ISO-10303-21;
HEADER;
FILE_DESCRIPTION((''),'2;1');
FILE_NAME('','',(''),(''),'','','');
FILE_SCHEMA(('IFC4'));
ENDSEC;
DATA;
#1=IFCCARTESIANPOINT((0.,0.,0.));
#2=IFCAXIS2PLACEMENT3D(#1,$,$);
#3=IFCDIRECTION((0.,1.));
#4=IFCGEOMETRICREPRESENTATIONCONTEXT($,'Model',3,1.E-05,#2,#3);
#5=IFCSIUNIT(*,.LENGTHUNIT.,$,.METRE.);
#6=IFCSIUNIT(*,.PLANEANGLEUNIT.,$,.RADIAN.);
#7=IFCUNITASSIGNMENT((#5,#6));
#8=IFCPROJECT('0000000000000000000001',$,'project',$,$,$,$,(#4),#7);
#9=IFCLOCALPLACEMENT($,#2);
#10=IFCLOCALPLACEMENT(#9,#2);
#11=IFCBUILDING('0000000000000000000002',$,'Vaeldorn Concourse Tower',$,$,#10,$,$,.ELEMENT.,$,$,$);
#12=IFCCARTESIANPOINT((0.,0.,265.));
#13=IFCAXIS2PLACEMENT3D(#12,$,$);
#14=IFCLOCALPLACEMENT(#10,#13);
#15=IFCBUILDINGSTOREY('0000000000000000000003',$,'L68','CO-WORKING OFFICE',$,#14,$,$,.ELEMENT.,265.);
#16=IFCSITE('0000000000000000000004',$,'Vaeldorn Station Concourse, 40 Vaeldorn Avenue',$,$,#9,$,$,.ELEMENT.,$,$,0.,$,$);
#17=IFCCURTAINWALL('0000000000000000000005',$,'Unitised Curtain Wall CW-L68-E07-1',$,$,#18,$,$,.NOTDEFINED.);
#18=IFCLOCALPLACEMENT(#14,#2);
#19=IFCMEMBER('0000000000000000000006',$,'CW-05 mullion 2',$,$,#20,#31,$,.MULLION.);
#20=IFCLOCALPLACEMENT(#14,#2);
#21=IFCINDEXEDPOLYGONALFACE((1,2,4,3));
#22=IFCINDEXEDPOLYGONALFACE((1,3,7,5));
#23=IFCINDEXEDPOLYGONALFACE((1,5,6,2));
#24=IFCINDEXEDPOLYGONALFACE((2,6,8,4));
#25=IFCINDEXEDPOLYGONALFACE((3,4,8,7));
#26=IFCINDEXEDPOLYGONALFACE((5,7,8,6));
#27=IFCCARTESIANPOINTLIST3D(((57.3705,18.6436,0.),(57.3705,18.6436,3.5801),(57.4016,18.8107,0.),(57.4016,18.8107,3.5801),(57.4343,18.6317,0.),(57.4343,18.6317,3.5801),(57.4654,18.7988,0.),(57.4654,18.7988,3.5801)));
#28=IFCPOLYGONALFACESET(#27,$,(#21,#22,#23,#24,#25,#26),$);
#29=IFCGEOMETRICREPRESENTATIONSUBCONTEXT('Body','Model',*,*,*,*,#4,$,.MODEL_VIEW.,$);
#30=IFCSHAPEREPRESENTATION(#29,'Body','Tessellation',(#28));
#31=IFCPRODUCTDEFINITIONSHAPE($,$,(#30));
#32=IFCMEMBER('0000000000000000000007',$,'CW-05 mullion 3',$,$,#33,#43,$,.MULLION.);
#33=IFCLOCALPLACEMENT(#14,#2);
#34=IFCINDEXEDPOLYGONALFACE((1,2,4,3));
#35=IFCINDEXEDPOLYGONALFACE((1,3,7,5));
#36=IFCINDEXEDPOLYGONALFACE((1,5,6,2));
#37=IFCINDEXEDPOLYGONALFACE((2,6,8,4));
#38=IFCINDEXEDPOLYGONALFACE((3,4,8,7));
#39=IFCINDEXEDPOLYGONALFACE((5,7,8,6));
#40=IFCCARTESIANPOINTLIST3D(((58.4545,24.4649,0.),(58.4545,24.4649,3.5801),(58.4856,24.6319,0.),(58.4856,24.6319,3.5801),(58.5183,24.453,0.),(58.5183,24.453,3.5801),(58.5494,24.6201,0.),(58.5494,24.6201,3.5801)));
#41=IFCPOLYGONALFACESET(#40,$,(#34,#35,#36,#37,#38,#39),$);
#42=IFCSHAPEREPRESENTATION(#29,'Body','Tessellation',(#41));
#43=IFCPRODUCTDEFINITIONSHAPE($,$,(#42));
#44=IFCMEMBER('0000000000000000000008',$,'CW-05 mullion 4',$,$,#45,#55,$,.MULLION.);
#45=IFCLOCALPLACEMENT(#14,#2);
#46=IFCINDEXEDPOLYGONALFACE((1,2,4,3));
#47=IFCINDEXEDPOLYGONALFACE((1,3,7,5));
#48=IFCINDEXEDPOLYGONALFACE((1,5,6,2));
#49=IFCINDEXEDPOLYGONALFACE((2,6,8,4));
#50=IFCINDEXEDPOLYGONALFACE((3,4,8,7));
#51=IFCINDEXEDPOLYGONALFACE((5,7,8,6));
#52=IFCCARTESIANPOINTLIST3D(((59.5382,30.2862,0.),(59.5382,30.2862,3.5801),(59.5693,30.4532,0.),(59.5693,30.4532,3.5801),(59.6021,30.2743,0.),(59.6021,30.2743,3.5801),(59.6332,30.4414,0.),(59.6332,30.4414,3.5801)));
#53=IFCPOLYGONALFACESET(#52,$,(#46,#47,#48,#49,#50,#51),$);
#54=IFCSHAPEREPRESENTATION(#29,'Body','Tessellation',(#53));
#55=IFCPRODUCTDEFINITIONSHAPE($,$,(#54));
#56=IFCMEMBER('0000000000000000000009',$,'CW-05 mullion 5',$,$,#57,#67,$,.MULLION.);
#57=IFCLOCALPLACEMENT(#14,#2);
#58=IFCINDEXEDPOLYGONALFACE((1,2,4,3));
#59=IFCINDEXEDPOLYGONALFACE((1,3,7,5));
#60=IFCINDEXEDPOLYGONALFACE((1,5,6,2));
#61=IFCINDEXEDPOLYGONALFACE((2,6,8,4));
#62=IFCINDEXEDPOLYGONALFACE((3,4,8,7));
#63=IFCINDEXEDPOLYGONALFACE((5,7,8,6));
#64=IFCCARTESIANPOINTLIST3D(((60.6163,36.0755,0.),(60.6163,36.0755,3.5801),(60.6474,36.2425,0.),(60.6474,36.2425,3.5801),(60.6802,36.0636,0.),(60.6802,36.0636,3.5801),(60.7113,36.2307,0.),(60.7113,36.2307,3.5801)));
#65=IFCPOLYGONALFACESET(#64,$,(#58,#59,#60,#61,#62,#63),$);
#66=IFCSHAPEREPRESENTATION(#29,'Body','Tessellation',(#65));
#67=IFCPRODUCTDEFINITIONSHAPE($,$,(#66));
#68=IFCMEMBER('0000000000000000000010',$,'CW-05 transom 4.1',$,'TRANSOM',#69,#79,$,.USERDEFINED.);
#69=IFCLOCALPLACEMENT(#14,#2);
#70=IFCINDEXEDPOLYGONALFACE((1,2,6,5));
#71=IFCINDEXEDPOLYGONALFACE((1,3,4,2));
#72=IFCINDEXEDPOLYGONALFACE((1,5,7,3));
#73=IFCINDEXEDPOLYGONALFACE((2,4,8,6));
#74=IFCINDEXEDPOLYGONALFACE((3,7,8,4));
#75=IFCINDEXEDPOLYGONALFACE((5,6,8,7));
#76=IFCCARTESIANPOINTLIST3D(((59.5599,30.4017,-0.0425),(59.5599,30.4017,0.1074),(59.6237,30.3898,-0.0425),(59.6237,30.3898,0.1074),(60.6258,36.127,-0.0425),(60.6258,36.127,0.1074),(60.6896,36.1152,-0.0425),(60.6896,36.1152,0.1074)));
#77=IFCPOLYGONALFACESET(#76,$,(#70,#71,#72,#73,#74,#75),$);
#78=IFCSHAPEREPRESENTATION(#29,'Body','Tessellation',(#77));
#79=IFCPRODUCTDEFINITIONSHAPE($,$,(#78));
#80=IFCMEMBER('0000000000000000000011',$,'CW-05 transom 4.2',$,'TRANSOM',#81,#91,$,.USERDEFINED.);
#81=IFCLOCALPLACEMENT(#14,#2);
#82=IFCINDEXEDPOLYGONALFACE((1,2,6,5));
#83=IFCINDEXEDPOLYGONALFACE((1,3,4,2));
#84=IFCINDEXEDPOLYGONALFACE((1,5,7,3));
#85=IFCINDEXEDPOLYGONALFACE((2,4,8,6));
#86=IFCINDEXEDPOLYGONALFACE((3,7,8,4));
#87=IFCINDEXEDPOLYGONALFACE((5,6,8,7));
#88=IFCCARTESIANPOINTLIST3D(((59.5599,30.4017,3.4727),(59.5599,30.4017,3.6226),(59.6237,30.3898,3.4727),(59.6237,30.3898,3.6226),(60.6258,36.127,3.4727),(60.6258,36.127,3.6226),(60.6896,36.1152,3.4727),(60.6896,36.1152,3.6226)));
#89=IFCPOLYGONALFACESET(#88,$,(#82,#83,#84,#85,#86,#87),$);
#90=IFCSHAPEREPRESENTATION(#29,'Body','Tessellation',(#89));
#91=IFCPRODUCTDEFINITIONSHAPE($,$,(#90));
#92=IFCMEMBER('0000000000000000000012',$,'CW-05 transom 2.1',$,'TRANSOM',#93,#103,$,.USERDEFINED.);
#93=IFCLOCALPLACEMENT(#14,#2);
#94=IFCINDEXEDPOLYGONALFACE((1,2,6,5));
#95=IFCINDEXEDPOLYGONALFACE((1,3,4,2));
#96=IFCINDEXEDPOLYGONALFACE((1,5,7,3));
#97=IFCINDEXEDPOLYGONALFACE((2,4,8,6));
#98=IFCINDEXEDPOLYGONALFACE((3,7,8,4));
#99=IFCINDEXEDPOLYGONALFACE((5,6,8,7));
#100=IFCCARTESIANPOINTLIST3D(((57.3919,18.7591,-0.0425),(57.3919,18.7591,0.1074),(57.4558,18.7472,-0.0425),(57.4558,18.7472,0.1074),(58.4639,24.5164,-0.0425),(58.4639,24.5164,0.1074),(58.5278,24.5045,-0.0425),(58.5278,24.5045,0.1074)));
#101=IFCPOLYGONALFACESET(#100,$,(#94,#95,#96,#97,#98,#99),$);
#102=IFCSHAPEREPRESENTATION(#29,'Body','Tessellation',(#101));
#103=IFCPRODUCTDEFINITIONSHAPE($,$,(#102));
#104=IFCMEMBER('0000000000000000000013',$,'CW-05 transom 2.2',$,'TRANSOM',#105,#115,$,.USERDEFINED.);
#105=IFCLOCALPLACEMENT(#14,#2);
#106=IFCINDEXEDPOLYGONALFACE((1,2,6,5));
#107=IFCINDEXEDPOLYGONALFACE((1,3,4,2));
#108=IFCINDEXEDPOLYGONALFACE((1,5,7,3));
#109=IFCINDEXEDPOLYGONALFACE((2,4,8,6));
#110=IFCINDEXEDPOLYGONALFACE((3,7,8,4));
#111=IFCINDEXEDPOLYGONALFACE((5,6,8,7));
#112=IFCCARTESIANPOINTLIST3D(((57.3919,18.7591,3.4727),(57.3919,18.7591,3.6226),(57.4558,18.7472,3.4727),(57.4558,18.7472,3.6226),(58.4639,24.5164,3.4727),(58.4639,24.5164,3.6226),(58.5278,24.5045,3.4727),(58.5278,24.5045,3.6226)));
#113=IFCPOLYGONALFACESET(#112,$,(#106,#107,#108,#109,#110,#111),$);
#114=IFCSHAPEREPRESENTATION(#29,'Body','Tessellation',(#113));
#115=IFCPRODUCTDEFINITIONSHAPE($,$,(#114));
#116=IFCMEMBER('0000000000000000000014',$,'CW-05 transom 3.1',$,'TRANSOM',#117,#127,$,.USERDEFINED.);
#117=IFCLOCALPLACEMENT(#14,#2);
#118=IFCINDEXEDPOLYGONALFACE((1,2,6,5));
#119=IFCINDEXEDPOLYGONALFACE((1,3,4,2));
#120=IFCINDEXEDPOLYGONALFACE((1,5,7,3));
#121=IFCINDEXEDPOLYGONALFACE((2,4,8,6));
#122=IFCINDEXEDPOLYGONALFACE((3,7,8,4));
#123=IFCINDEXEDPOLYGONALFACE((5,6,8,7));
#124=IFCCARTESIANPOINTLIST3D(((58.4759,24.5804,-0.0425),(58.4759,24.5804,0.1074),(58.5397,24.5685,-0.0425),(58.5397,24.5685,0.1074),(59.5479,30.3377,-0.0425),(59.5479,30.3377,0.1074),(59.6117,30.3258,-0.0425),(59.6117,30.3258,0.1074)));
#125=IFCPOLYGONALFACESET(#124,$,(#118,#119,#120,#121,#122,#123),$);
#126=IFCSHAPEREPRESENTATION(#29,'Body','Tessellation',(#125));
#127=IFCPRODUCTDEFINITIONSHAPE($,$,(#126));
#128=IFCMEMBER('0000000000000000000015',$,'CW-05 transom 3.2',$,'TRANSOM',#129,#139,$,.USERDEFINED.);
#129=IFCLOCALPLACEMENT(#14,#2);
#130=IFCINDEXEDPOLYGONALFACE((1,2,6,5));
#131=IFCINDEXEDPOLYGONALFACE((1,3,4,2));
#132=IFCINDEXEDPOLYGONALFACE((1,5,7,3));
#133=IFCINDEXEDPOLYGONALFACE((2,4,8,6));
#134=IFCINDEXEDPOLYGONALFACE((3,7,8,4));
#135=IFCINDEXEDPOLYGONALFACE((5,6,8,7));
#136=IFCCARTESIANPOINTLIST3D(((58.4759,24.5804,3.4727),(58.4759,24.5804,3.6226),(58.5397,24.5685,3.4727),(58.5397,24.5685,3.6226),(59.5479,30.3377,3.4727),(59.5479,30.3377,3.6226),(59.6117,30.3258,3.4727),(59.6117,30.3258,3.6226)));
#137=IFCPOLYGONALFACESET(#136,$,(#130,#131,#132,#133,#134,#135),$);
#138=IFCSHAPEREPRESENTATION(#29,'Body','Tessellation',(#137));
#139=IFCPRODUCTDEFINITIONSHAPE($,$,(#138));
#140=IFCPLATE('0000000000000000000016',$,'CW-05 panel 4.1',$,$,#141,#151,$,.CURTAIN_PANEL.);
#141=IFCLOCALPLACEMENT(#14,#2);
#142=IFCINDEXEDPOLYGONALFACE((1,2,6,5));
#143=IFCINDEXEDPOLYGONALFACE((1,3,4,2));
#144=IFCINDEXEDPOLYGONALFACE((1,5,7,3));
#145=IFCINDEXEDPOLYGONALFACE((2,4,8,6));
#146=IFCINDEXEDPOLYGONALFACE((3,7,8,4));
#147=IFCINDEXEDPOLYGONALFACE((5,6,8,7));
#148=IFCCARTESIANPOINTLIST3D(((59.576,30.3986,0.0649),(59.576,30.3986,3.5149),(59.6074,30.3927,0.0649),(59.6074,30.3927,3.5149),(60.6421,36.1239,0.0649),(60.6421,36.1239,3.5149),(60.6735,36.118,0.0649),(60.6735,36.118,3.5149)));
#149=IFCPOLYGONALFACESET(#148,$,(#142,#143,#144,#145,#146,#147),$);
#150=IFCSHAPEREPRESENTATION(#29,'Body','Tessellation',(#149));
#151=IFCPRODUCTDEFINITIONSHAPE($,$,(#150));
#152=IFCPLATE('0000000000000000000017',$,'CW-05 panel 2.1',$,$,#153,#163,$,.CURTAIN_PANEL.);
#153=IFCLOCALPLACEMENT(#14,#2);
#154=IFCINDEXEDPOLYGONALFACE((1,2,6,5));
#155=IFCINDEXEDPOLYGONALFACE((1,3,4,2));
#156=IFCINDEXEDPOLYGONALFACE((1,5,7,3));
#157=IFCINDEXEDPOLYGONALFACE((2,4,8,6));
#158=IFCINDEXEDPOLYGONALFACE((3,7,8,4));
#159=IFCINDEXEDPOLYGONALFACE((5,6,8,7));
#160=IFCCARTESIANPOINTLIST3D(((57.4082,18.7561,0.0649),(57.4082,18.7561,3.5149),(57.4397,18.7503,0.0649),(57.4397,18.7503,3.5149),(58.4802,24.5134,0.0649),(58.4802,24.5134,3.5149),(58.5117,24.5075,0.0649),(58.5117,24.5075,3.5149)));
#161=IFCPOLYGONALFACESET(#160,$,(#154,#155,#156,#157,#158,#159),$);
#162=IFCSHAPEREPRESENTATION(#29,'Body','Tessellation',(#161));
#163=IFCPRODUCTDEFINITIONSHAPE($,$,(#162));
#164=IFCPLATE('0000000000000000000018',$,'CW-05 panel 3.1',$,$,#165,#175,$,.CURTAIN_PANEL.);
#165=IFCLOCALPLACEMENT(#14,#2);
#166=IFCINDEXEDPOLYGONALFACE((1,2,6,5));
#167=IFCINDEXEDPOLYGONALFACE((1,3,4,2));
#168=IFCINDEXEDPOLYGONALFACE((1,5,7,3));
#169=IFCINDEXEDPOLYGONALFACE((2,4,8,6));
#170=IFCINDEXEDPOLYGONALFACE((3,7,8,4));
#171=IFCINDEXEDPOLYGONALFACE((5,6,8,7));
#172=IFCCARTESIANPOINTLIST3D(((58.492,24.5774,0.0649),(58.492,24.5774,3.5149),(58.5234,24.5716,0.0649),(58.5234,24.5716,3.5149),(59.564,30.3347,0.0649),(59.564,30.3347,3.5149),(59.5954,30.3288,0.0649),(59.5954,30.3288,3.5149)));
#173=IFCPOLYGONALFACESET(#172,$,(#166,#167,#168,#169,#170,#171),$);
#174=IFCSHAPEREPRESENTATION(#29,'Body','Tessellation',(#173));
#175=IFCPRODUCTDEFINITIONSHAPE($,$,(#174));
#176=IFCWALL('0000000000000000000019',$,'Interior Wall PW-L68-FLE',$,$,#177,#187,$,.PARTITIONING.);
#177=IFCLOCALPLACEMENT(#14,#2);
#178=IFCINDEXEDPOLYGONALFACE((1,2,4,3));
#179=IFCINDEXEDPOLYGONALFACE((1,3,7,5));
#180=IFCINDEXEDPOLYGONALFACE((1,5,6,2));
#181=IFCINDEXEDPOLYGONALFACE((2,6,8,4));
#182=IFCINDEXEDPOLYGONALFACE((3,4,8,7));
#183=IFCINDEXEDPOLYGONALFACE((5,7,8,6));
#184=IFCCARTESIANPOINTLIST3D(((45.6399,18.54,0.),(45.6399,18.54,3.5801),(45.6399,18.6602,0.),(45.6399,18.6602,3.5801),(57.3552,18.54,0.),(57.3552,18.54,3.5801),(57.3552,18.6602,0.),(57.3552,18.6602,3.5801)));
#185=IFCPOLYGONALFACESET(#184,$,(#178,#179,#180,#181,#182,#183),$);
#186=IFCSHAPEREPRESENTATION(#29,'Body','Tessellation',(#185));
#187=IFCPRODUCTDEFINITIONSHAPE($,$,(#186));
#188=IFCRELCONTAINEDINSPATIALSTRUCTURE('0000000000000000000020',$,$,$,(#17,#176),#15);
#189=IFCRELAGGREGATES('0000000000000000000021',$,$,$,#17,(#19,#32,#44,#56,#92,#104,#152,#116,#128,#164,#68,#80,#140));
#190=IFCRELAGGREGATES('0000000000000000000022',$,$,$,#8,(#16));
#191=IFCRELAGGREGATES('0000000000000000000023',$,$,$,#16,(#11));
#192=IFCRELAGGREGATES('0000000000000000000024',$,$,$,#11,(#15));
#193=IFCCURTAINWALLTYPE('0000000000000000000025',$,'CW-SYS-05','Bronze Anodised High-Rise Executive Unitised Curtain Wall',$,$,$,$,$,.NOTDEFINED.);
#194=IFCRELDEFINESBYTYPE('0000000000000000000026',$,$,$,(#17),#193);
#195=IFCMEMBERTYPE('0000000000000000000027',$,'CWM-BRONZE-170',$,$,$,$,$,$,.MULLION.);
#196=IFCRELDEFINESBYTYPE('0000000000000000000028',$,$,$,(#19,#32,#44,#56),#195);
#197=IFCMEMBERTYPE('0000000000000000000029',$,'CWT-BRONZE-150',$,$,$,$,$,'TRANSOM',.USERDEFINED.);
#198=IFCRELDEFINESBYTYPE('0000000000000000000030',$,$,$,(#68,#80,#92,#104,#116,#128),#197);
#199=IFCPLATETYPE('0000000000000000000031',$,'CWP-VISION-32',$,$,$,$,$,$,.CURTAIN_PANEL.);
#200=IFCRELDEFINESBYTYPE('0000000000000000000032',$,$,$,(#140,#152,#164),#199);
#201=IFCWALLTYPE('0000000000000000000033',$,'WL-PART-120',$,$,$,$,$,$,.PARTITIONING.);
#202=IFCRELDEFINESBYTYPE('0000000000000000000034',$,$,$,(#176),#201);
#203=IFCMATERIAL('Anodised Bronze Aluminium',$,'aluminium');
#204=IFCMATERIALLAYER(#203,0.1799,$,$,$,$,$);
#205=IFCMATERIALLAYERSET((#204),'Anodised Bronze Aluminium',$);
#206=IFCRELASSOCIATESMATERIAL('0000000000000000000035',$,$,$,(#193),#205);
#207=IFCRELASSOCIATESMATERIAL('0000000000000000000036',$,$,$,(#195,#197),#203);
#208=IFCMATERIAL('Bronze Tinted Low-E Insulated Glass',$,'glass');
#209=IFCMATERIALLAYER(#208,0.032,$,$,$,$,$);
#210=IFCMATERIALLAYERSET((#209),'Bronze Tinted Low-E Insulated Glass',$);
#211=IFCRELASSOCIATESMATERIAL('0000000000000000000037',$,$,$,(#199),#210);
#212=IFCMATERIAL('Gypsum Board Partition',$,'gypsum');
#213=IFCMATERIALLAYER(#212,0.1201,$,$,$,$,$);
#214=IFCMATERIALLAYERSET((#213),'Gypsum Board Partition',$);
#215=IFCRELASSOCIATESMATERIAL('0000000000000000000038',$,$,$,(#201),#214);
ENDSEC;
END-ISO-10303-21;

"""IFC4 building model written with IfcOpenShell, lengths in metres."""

from ifc_helpers import new_model, si_unit, direction, frame, frame_2d, origin, origin_2d, place, context, subcontext, project, spatial, rectangle, extrude, source, transform, mapped, material, layer, layer_set, material_profile, profile_set, type_object, element, aggregate, save


model = new_model("IFC4")

# Units and contexts
model_context = context("Model", 3, precision=1e-05, world=origin(), true_north=direction((0.0, 1.0)))
body_context = subcontext(model_context, "Body", "Model", "MODEL_VIEW")
ifc_project = project(units=[si_unit("LENGTHUNIT", "METRE"), si_unit("PLANEANGLEUNIT", "RADIAN")], contexts=[model_context])

# Site, building, storey
site_placement = place(None, origin())
site = spatial("IfcSite", under=ifc_project, at=site_placement, Name="Vaeldorn Station Concourse, 40 Vaeldorn Avenue", CompositionType="ELEMENT", RefElevation=0.0)
building_placement = place(site_placement, origin())
building = spatial("IfcBuilding", under=site, at=building_placement, Name="Vaeldorn Concourse Tower", CompositionType="ELEMENT")
storey_placement = place(building_placement, frame((0.0, 0.0, 265.0)))
storey = spatial("IfcBuildingStorey", under=building, at=storey_placement, Name="L68", Description="CO-WORKING OFFICE", CompositionType="ELEMENT", Elevation=265.0)

# Curtain wall, members, plates
ifc_material_1 = material(Name="Anodised Bronze Aluminium", Category="aluminium")
ifc_layer_1 = layer(ifc_material_1, 0.1799)
ifc_layer_set_1 = layer_set([ifc_layer_1], Name="Anodised Bronze Aluminium")
curtain_wall_type = type_object("IfcCurtainWallType", Name="CW-SYS-05", Description="Bronze Anodised High-Rise Executive Unitised Curtain Wall", PredefinedType="NOTDEFINED", material=ifc_layer_set_1)
curtain_wall_placement = place(storey_placement, origin())
curtain_wall = element("IfcCurtainWall", 1, at=curtain_wall_placement, inside=storey, type_object=curtain_wall_type, Name="Unitised Curtain Wall CW-L68-E07-1", PredefinedType="NOTDEFINED")
ifc_material_profile_1 = material_profile(ifc_material_1, rectangle(XDim=0.0649, YDim=0.1699, at=origin_2d()), Name="CWM 65x170")
ifc_profile_set_1 = profile_set([ifc_material_profile_1], Name="Anodised Bronze Aluminium")
member_type_1 = type_object("IfcMemberType", Name="CWM-BRONZE-170", PredefinedType="MULLION", material=ifc_profile_set_1)
shared_shape_1 = source(origin(), body_context, "Body", "SweptSolid", [
    extrude(rectangle(XDim=0.0649, YDim=0.1699, at=origin_2d()), origin(), (0.0, 0.0, 1.0), 3.5801),
])
member_1_placement = place(storey_placement, frame((57.418, 18.7212, 0.0), z_axis=(0.0, 0.0, 1.0), x_axis=(-0.983103, 0.183055, 0.0)))
member_1 = element("IfcMember", 2, at=member_1_placement, type_object=member_type_1, Name="CW-05 mullion 2", PredefinedType="MULLION", context=body_context, shape_type="MappedRepresentation", body=[
    mapped(shared_shape_1, transform((0.0, 0.0, 0.0), scale=1.0)),
])
member_2_placement = place(storey_placement, frame((58.502, 24.5425, 0.0), z_axis=(0.0, 0.0, 1.0), x_axis=(-0.983103, 0.183055, 0.0)))
member_2 = element("IfcMember", 3, at=member_2_placement, type_object=member_type_1, Name="CW-05 mullion 3", PredefinedType="MULLION", context=body_context, shape_type="MappedRepresentation", body=[
    mapped(shared_shape_1, transform((0.0, 0.0, 0.0), scale=1.0)),
])
member_3_placement = place(storey_placement, frame((59.5857, 30.3638, 0.0), z_axis=(0.0, 0.0, 1.0), x_axis=(-0.983103, 0.183055, 0.0)))
member_3 = element("IfcMember", 4, at=member_3_placement, type_object=member_type_1, Name="CW-05 mullion 4", PredefinedType="MULLION", context=body_context, shape_type="MappedRepresentation", body=[
    mapped(shared_shape_1, transform((0.0, 0.0, 0.0), scale=1.0)),
])
member_4_placement = place(storey_placement, frame((60.6638, 36.1531, 0.0), z_axis=(0.0, 0.0, 1.0), x_axis=(-0.983103, 0.183055, 0.0)))
member_4 = element("IfcMember", 5, at=member_4_placement, type_object=member_type_1, Name="CW-05 mullion 5", PredefinedType="MULLION", context=body_context, shape_type="MappedRepresentation", body=[
    mapped(shared_shape_1, transform((0.0, 0.0, 0.0), scale=1.0)),
])
ifc_material_profile_2 = material_profile(ifc_material_1, rectangle(XDim=0.0649, YDim=0.1499, at=origin_2d()), Name="CWT 65x150")
ifc_profile_set_2 = profile_set([ifc_material_profile_2], Name="Anodised Bronze Aluminium")
member_type_2 = type_object("IfcMemberType", Name="CWT-BRONZE-150", ElementType="TRANSOM", PredefinedType="USERDEFINED", material=ifc_profile_set_2)
shared_shape_2 = source(origin(), body_context, "Body", "SweptSolid", [
    extrude(rectangle(XDim=0.0649, YDim=0.1499, at=origin_2d()), origin(), (0.0, 0.0, 1.0), 5.8237),
])
member_5_placement = place(storey_placement, frame((59.5918, 30.3958, 0.0325), z_axis=(0.18303, 0.983107, 0.0), x_axis=(-0.983107, 0.18303, 0.0)))
member_5 = element("IfcMember", 6, at=member_5_placement, type_object=member_type_2, Name="CW-05 transom 4.1", ObjectType="TRANSOM", PredefinedType="USERDEFINED", context=body_context, shape_type="MappedRepresentation", body=[
    mapped(shared_shape_2, transform((0.0, 0.0, 0.0), scale=1.0)),
])
member_6_placement = place(storey_placement, frame((59.5918, 30.3958, 3.5476), z_axis=(0.18303, 0.983107, 0.0), x_axis=(-0.983107, 0.18303, 0.0)))
member_6 = element("IfcMember", 7, at=member_6_placement, type_object=member_type_2, Name="CW-05 transom 4.2", ObjectType="TRANSOM", PredefinedType="USERDEFINED", context=body_context, shape_type="MappedRepresentation", body=[
    mapped(shared_shape_2, transform((0.0, 0.0, 0.0), scale=1.0)),
])
shared_shape_3 = source(origin(), body_context, "Body", "SweptSolid", [
    extrude(rectangle(XDim=0.0649, YDim=0.1499, at=origin_2d()), origin(), (0.0, 0.0, 1.0), 5.8562),
])
member_7_placement = place(storey_placement, frame((57.4238, 18.7532, 0.0325), z_axis=(0.183055, 0.983103, 0.0), x_axis=(-0.983103, 0.183055, 0.0)))
member_7 = element("IfcMember", 8, at=member_7_placement, type_object=member_type_2, Name="CW-05 transom 2.1", ObjectType="TRANSOM", PredefinedType="USERDEFINED", context=body_context, shape_type="MappedRepresentation", body=[
    mapped(shared_shape_3, transform((0.0, 0.0, 0.0), scale=1.0)),
])
member_8_placement = place(storey_placement, frame((57.4238, 18.7532, 3.5476), z_axis=(0.183055, 0.983103, 0.0), x_axis=(-0.983103, 0.183055, 0.0)))
member_8 = element("IfcMember", 9, at=member_8_placement, type_object=member_type_2, Name="CW-05 transom 2.2", ObjectType="TRANSOM", PredefinedType="USERDEFINED", context=body_context, shape_type="MappedRepresentation", body=[
    mapped(shared_shape_3, transform((0.0, 0.0, 0.0), scale=1.0)),
])
member_9_placement = place(storey_placement, frame((58.5078, 24.5745, 0.0325), z_axis=(0.183055, 0.983103, 0.0), x_axis=(-0.983103, 0.183055, 0.0)))
member_9 = element("IfcMember", 10, at=member_9_placement, type_object=member_type_2, Name="CW-05 transom 3.1", ObjectType="TRANSOM", PredefinedType="USERDEFINED", context=body_context, shape_type="MappedRepresentation", body=[
    mapped(shared_shape_3, transform((0.0, 0.0, 0.0), scale=1.0)),
])
member_10_placement = place(storey_placement, frame((58.5078, 24.5745, 3.5476), z_axis=(0.183055, 0.983103, 0.0), x_axis=(-0.983103, 0.183055, 0.0)))
member_10 = element("IfcMember", 11, at=member_10_placement, type_object=member_type_2, Name="CW-05 transom 3.2", ObjectType="TRANSOM", PredefinedType="USERDEFINED", context=body_context, shape_type="MappedRepresentation", body=[
    mapped(shared_shape_3, transform((0.0, 0.0, 0.0), scale=1.0)),
])
ifc_material_2 = material(Name="Bronze Tinted Low-E Insulated Glass", Category="glass")
ifc_layer_2 = layer(ifc_material_2, 0.032)
ifc_layer_set_2 = layer_set([ifc_layer_2], Name="Bronze Tinted Low-E Insulated Glass")
plate_type = type_object("IfcPlateType", Name="CWP-VISION-32", PredefinedType="CURTAIN_PANEL", material=ifc_layer_set_2)
shared_shape_4 = source(origin(), body_context, "Body", "SweptSolid", [
    extrude(rectangle(XDim=5.8237, YDim=0.032, at=origin_2d()), origin(), (0.0, 0.0, 1.0), 3.45),
])
plate_1_placement = place(storey_placement, frame((60.1248, 33.2583, 0.0649), z_axis=(0.0, 0.0, 1.0), x_axis=(0.183055, 0.983103, 0.0)))
plate_1 = element("IfcPlate", 12, at=plate_1_placement, type_object=plate_type, Name="CW-05 panel 4.1", PredefinedType="CURTAIN_PANEL", context=body_context, shape_type="MappedRepresentation", body=[
    mapped(shared_shape_4, transform((0.0, 0.0, 0.0), scale=1.0)),
])
shared_shape_5 = source(origin(), body_context, "Body", "SweptSolid", [
    extrude(rectangle(XDim=5.8562, YDim=0.032, at=origin_2d()), origin(), (0.0, 0.0, 1.0), 3.45),
])
plate_2_placement = place(storey_placement, frame((57.96, 21.6318, 0.0649), z_axis=(0.0, 0.0, 1.0), x_axis=(0.183055, 0.983103, 0.0)))
plate_2 = element("IfcPlate", 13, at=plate_2_placement, type_object=plate_type, Name="CW-05 panel 2.1", PredefinedType="CURTAIN_PANEL", context=body_context, shape_type="MappedRepresentation", body=[
    mapped(shared_shape_5, transform((0.0, 0.0, 0.0), scale=1.0)),
])
plate_3_placement = place(storey_placement, frame((59.0437, 27.4531, 0.0649), z_axis=(0.0, 0.0, 1.0), x_axis=(0.183055, 0.983103, 0.0)))
plate_3 = element("IfcPlate", 14, at=plate_3_placement, type_object=plate_type, Name="CW-05 panel 3.1", PredefinedType="CURTAIN_PANEL", context=body_context, shape_type="MappedRepresentation", body=[
    mapped(shared_shape_5, transform((0.0, 0.0, 0.0), scale=1.0)),
])
aggregate(curtain_wall, [member_1, member_2, member_3, member_4, member_7, member_8, plate_2, member_9, member_10, plate_3, member_5, member_6, plate_1])

# Wall
ifc_material_3 = material(Name="Gypsum Board Partition", Category="gypsum")
ifc_layer_3 = layer(ifc_material_3, 0.1201)
ifc_layer_set_3 = layer_set([ifc_layer_3], Name="Gypsum Board Partition")
wall_type = type_object("IfcWallType", Name="WL-PART-120", PredefinedType="PARTITIONING", material=ifc_layer_set_3)
wall_placement = place(storey_placement, frame((45.6399, 18.6001, 0.0), z_axis=(0.0, 0.0, 1.0), x_axis=(1.0, 0.0, 0.0)))
element("IfcWall", 15, at=wall_placement, inside=storey, type_object=wall_type, Name="Interior Wall PW-L68-FLE", PredefinedType="PARTITIONING", context=body_context, shape_type="SweptSolid", body=[
    extrude(rectangle(XDim=11.7153, YDim=0.1201, at=frame_2d((5.8577, 0.0))), origin(), (0.0, 0.0, 1.0), 3.5801),
])

save(model, "model.ifc")
